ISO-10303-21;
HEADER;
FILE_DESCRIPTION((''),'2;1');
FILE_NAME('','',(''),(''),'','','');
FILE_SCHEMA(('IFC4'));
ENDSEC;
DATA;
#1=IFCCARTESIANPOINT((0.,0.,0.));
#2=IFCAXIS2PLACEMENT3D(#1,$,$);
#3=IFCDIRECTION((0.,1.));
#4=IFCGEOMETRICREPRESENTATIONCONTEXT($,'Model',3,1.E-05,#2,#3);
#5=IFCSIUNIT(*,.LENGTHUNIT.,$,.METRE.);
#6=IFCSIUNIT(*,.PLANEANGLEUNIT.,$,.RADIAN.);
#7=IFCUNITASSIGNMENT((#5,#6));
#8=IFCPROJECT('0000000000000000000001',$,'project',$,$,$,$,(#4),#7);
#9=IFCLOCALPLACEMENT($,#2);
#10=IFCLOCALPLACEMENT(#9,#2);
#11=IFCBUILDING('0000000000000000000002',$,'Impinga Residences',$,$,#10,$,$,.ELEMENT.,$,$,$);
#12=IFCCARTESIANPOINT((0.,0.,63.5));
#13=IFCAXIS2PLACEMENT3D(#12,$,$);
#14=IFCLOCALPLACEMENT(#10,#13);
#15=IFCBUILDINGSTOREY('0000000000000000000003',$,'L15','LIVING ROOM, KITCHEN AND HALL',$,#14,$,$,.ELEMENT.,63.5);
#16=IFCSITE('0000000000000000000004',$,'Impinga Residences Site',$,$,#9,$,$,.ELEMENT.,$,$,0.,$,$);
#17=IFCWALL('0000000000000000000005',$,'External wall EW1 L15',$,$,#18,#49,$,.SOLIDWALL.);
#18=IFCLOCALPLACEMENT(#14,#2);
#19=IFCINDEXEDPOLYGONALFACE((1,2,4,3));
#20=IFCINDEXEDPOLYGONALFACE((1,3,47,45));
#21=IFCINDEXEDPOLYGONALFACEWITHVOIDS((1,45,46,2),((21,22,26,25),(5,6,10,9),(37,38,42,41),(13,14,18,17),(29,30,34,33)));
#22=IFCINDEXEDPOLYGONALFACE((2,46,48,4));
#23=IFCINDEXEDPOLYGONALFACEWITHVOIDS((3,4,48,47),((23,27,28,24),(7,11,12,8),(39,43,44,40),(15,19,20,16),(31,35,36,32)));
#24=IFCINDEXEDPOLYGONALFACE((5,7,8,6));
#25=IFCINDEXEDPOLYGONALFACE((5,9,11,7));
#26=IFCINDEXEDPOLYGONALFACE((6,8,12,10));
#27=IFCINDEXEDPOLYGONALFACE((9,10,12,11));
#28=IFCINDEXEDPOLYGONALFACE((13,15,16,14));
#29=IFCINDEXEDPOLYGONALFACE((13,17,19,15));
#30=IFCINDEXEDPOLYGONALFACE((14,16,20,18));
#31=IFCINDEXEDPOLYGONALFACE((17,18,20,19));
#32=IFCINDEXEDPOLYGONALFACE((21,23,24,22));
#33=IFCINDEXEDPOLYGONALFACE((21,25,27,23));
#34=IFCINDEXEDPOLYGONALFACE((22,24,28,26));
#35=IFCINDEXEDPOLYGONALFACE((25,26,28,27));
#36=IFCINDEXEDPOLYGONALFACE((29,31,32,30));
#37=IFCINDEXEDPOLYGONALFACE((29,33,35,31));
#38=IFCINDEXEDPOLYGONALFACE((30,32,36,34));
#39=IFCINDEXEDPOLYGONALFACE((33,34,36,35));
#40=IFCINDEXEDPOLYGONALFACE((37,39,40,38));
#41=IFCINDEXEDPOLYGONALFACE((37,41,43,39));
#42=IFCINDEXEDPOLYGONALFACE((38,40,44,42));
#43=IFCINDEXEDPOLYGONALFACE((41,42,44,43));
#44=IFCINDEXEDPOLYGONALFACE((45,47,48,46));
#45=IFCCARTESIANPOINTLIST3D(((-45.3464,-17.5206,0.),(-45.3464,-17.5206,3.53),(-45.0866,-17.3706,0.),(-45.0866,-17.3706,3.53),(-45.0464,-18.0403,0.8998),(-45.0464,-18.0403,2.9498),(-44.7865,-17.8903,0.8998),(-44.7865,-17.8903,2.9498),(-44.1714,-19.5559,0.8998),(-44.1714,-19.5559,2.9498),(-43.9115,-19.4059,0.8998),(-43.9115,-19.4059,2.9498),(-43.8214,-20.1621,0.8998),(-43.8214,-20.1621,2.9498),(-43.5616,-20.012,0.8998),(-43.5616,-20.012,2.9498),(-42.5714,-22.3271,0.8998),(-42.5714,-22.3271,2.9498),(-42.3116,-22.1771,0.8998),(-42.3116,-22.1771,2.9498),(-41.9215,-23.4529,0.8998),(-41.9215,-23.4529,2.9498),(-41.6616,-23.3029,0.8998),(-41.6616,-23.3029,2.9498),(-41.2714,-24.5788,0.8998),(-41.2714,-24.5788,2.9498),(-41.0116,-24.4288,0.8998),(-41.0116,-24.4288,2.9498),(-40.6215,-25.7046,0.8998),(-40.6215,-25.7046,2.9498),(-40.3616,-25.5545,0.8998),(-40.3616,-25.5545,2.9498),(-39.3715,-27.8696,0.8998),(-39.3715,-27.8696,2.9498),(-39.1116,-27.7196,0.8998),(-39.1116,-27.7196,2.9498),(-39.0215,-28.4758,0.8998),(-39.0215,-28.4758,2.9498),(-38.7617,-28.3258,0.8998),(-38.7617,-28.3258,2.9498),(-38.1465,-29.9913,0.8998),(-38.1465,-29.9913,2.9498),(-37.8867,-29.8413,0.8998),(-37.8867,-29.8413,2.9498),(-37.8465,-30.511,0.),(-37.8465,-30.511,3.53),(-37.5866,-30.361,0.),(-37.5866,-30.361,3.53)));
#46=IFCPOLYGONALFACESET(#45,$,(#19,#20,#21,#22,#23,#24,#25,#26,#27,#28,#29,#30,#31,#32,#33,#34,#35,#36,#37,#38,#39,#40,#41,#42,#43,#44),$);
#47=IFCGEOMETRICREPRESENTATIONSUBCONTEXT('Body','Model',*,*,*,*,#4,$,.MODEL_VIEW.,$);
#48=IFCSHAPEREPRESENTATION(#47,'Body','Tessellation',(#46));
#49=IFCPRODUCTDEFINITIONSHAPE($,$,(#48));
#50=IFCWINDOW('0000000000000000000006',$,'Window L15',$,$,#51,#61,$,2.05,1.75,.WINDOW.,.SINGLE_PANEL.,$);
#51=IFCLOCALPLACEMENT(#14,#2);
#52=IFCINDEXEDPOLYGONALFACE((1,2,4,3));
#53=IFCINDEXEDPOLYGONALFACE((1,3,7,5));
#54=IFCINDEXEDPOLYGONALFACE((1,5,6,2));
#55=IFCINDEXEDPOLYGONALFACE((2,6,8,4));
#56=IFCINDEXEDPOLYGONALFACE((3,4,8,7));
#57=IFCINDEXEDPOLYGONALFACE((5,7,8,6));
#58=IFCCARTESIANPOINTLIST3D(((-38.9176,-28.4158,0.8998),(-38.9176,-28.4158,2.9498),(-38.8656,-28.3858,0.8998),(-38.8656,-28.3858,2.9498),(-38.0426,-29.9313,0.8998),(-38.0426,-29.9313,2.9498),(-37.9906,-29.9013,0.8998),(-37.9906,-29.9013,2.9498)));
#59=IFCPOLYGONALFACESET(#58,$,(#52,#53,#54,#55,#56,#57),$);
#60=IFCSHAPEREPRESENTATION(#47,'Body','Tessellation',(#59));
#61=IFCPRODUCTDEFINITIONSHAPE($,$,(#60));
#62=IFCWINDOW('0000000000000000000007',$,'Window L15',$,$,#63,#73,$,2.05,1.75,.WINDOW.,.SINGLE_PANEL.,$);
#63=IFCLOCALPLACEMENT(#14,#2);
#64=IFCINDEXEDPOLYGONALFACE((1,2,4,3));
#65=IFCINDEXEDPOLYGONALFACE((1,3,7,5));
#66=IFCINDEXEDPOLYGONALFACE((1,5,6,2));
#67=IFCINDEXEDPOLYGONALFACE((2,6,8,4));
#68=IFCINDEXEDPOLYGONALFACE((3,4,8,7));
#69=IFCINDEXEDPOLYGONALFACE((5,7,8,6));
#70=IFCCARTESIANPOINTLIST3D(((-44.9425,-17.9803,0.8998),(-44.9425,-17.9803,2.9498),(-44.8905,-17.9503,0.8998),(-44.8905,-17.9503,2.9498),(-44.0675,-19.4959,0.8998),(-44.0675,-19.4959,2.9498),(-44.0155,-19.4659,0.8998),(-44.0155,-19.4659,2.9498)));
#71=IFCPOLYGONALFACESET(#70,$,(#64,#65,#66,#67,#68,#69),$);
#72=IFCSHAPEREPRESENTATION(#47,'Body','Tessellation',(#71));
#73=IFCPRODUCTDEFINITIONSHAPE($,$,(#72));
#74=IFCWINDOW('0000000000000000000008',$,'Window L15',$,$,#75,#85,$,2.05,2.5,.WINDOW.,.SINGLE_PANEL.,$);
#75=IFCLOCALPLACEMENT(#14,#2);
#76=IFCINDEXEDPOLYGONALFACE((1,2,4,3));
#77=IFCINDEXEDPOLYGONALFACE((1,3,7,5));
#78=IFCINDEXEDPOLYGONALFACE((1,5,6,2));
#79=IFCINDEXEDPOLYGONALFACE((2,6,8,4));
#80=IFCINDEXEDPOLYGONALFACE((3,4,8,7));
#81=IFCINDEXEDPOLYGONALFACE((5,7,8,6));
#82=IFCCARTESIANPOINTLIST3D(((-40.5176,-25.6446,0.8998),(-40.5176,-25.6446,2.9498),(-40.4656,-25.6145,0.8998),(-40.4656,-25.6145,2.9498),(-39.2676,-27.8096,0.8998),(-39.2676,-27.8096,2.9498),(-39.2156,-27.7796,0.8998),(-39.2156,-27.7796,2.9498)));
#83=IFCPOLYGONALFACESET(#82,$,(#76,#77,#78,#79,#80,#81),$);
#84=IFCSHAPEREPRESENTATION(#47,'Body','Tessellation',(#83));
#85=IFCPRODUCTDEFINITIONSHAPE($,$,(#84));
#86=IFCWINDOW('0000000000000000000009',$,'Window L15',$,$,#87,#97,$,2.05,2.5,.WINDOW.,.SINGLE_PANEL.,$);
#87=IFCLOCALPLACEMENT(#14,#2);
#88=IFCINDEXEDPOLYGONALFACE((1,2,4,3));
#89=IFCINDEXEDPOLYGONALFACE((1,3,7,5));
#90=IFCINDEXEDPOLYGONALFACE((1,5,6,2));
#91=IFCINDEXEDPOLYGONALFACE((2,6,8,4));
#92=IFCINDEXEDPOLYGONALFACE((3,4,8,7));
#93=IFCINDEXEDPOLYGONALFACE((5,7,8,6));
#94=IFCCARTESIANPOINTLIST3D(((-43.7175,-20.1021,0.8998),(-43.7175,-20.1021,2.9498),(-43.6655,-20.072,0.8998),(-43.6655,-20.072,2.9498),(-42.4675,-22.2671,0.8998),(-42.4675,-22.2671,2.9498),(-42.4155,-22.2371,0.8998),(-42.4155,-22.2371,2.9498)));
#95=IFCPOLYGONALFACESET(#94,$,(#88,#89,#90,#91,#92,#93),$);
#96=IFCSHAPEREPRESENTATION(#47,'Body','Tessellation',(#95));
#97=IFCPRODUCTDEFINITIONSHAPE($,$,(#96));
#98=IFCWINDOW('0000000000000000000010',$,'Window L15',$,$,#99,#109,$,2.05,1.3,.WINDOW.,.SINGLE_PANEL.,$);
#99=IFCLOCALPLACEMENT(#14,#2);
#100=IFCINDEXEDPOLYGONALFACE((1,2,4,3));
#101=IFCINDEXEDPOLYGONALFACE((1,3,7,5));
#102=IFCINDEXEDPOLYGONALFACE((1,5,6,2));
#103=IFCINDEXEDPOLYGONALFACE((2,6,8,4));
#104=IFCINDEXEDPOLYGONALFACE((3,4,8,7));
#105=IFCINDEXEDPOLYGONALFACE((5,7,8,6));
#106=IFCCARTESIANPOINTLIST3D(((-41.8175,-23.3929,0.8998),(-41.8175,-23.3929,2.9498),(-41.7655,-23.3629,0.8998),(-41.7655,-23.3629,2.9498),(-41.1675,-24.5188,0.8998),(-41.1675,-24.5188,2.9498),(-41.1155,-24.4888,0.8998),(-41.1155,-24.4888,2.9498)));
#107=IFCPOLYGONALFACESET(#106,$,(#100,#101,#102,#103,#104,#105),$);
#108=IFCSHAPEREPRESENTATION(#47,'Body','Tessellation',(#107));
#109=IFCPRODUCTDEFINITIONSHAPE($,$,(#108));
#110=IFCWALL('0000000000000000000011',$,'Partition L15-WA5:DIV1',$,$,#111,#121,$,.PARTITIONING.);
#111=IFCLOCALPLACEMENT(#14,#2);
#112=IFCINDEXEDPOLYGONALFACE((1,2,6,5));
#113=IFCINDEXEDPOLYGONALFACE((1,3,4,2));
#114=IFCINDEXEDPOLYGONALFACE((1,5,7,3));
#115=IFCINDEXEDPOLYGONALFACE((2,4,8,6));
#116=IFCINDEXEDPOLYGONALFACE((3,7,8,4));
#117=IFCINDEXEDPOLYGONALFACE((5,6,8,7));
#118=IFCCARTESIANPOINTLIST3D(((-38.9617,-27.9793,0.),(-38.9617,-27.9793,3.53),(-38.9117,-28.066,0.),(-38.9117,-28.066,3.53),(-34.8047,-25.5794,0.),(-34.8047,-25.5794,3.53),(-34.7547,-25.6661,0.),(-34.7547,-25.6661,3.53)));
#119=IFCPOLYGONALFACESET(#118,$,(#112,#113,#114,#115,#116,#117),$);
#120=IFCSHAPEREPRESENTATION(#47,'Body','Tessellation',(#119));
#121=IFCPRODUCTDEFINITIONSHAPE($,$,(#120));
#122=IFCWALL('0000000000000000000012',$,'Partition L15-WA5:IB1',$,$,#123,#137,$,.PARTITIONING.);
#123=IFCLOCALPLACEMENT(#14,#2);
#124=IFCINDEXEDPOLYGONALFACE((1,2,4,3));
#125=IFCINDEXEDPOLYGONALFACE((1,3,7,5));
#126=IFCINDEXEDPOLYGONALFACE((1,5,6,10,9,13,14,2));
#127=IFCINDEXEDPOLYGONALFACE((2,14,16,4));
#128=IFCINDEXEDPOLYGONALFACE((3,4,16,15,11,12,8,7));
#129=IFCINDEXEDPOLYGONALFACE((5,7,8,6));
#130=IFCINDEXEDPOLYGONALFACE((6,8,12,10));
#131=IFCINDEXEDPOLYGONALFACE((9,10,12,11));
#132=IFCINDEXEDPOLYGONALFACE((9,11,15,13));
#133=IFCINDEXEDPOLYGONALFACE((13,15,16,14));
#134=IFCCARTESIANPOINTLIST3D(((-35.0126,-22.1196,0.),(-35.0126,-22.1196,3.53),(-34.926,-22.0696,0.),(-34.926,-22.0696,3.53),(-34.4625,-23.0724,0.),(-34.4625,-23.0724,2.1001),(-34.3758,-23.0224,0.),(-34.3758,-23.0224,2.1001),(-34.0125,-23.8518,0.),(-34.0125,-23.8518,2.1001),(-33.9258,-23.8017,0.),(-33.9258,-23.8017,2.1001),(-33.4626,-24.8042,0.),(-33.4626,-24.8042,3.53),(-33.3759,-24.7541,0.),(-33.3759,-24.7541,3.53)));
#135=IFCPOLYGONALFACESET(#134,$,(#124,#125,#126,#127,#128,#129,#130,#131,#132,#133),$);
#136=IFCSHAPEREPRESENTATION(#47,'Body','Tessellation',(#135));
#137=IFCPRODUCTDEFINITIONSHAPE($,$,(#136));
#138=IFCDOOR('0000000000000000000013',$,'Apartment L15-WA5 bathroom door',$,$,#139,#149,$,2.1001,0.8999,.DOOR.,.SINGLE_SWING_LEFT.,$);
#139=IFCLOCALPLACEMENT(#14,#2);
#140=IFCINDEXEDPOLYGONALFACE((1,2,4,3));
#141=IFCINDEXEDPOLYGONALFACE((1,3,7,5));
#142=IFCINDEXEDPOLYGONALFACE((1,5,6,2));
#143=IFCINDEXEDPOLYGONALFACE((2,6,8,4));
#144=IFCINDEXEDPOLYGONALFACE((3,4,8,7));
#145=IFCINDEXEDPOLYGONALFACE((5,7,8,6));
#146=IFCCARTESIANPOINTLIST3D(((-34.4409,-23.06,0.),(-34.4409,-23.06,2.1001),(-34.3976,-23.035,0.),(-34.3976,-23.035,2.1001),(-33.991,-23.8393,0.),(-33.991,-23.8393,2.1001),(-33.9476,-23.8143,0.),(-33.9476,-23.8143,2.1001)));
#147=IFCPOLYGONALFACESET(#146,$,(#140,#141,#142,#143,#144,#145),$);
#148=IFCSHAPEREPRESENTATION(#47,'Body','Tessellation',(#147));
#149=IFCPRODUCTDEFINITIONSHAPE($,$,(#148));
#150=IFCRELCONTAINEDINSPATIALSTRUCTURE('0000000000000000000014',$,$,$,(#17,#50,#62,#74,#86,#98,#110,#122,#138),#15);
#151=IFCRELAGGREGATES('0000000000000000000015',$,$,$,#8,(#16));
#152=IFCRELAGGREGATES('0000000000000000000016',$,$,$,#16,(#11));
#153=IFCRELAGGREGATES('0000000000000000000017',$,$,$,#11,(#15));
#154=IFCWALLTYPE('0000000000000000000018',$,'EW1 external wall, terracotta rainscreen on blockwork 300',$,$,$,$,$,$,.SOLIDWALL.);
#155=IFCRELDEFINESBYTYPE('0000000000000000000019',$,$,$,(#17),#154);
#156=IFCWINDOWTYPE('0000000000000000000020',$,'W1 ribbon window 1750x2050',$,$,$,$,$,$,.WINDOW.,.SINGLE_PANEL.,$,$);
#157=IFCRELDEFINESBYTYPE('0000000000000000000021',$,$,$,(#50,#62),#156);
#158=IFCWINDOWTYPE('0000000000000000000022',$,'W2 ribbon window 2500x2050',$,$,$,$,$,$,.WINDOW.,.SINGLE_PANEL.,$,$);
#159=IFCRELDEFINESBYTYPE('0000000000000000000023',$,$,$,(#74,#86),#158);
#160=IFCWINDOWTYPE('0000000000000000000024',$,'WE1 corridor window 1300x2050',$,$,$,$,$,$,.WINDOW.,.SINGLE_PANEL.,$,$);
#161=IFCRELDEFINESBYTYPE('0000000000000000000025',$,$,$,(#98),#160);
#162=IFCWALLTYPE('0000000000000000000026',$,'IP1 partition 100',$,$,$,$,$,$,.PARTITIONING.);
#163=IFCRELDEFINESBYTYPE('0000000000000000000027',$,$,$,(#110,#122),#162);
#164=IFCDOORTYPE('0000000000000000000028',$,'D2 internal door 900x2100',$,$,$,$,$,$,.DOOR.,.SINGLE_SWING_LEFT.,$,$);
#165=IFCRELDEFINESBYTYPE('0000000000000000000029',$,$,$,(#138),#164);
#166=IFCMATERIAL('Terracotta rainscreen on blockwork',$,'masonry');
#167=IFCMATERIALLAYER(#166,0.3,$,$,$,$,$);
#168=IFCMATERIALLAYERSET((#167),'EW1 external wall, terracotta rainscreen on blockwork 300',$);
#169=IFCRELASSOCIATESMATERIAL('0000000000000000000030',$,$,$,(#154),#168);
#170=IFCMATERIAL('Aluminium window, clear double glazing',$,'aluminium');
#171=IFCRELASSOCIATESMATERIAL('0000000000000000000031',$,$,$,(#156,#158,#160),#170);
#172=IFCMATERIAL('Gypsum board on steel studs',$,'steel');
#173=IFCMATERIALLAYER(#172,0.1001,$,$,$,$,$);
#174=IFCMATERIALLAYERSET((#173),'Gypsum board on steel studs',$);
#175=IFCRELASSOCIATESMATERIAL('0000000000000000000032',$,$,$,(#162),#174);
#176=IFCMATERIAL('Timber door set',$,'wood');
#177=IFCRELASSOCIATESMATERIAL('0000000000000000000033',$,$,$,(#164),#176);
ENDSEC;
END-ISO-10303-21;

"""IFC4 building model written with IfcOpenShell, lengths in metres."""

from ifc_helpers import new_model, si_unit, direction, frame, frame_2d, origin, place, context, subcontext, project, spatial, rectangle, extrude, material, layer, layer_set, type_object, element, fill, save


model = new_model("IFC4")

# Units and contexts
model_context = context("Model", 3, precision=1e-05, world=origin(), true_north=direction((0.0, 1.0)))
body_context = subcontext(model_context, "Body", "Model", "MODEL_VIEW")
ifc_project = project(units=[si_unit("LENGTHUNIT", "METRE"), si_unit("PLANEANGLEUNIT", "RADIAN")], contexts=[model_context])

# Site, building, storey
site_placement = place(None, origin())
site = spatial("IfcSite", under=ifc_project, at=site_placement, Name="Impinga Residences Site", CompositionType="ELEMENT", RefElevation=0.0)
building_placement = place(site_placement, origin())
building = spatial("IfcBuilding", under=site, at=building_placement, Name="Impinga Residences", CompositionType="ELEMENT")
storey_placement = place(building_placement, frame((0.0, 0.0, 63.5)))
storey = spatial("IfcBuildingStorey", under=building, at=storey_placement, Name="L15", Description="LIVING ROOM, KITCHEN AND HALL", CompositionType="ELEMENT", Elevation=63.5)

# Shared definitions
ifc_material_1 = material(Name="Terracotta rainscreen on blockwork", Category="masonry")
ifc_layer_1 = layer(ifc_material_1, 0.3)
ifc_layer_set_1 = layer_set([ifc_layer_1], Name="EW1 external wall, terracotta rainscreen on blockwork 300")
wall_type_1 = type_object("IfcWallType", Name="EW1 external wall, terracotta rainscreen on blockwork 300", PredefinedType="SOLIDWALL", material=ifc_layer_set_1)

# Wall, openings, windows
wall_1_placement = place(storey_placement, frame((-37.7166, -30.436, 0.0), z_axis=(0.0, 0.0, 1.0), x_axis=(-0.499997, 0.866027, 0.0)))
wall_1 = element("IfcWall", 1, at=wall_1_placement, inside=storey, type_object=wall_type_1, Name="External wall EW1 L15", PredefinedType="SOLIDWALL", context=body_context, shape_type="SweptSolid", body=[
    extrude(rectangle(XDim=15.0, YDim=0.3, at=frame_2d((7.5, 0.0))), origin(), (0.0, 0.0, 1.0), 3.53),
])
opening_1_placement = place(wall_1_placement, frame((0.6001, 0.0, 0.8999)))
opening_1 = element("IfcOpeningElement", 2, at=opening_1_placement, cuts=wall_1, PredefinedType="OPENING", context=body_context, shape_type="SweptSolid", body=[
    extrude(rectangle(XDim=1.75, YDim=2.05, at=frame_2d((0.875, 1.0249))), frame((0.0, 0.1599, 0.0), z_axis=(0.0, -1.0, 0.0), x_axis=(1.0, 0.0, 0.0)), (0.0, 0.0, 1.0), 0.3201),
])
opening_2_placement = place(wall_1_placement, frame((3.05, 0.0, 0.8999)))
opening_2 = element("IfcOpeningElement", 3, at=opening_2_placement, cuts=wall_1, PredefinedType="OPENING", context=body_context, shape_type="SweptSolid", body=[
    extrude(rectangle(XDim=2.5, YDim=2.05, at=frame_2d((1.25, 1.0249))), frame((0.0, 0.1599, 0.0), z_axis=(0.0, -1.0, 0.0), x_axis=(1.0, 0.0, 0.0)), (0.0, 0.0, 1.0), 0.3201),
])
opening_3_placement = place(wall_1_placement, frame((6.8501, 0.0, 0.8999)))
opening_3 = element("IfcOpeningElement", 4, at=opening_3_placement, cuts=wall_1, PredefinedType="OPENING", context=body_context, shape_type="SweptSolid", body=[
    extrude(rectangle(XDim=1.3, YDim=2.05, at=frame_2d((0.6499, 1.0249))), frame((0.0, 0.1599, 0.0), z_axis=(0.0, -1.0, 0.0), x_axis=(1.0, 0.0, 0.0)), (0.0, 0.0, 1.0), 0.3201),
])
opening_4_placement = place(wall_1_placement, frame((9.45, 0.0, 0.8999)))
opening_4 = element("IfcOpeningElement", 5, at=opening_4_placement, cuts=wall_1, PredefinedType="OPENING", context=body_context, shape_type="SweptSolid", body=[
    extrude(rectangle(XDim=2.5, YDim=2.05, at=frame_2d((1.25, 1.0249))), frame((0.0, 0.1599, 0.0), z_axis=(0.0, -1.0, 0.0), x_axis=(1.0, 0.0, 0.0)), (0.0, 0.0, 1.0), 0.3201),
])
opening_5_placement = place(wall_1_placement, frame((12.6499, 0.0, 0.8999)))
opening_5 = element("IfcOpeningElement", 6, at=opening_5_placement, cuts=wall_1, PredefinedType="OPENING", context=body_context, shape_type="SweptSolid", body=[
    extrude(rectangle(XDim=1.75, YDim=2.05, at=frame_2d((0.875, 1.0249))), frame((0.0, 0.1599, 0.0), z_axis=(0.0, -1.0, 0.0), x_axis=(1.0, 0.0, 0.0)), (0.0, 0.0, 1.0), 0.3201),
])
ifc_material_2 = material(Name="Aluminium window, clear double glazing", Category="aluminium")
window_type_1 = type_object("IfcWindowType", Name="W1 ribbon window 1750x2050", PartitioningType="SINGLE_PANEL", PredefinedType="WINDOW", material=ifc_material_2)
window_1_placement = place(opening_1_placement, origin())
window_1 = element("IfcWindow", 7, at=window_1_placement, inside=storey, type_object=window_type_1, Name="Window L15", OverallHeight=2.05, OverallWidth=1.75, PartitioningType="SINGLE_PANEL", PredefinedType="WINDOW", context=body_context, shape_type="SweptSolid", body=[
    extrude(rectangle(XDim=1.75, YDim=2.05, at=frame_2d((0.875, 1.0249))), frame((0.0, 0.03, 0.0), z_axis=(0.0, -1.0, 0.0), x_axis=(1.0, 0.0, 0.0)), (0.0, 0.0, 1.0), 0.0601),
])
fill(opening_1, window_1)
window_2_placement = place(opening_5_placement, origin())
window_2 = element("IfcWindow", 8, at=window_2_placement, inside=storey, type_object=window_type_1, Name="Window L15", OverallHeight=2.05, OverallWidth=1.75, PartitioningType="SINGLE_PANEL", PredefinedType="WINDOW", context=body_context, shape_type="SweptSolid", body=[
    extrude(rectangle(XDim=1.75, YDim=2.05, at=frame_2d((0.875, 1.0249))), frame((0.0, 0.03, 0.0), z_axis=(0.0, -1.0, 0.0), x_axis=(1.0, 0.0, 0.0)), (0.0, 0.0, 1.0), 0.0601),
])
fill(opening_5, window_2)
window_type_2 = type_object("IfcWindowType", Name="W2 ribbon window 2500x2050", PartitioningType="SINGLE_PANEL", PredefinedType="WINDOW", material=ifc_material_2)
window_3_placement = place(opening_2_placement, origin())
window_3 = element("IfcWindow", 9, at=window_3_placement, inside=storey, type_object=window_type_2, Name="Window L15", OverallHeight=2.05, OverallWidth=2.5, PartitioningType="SINGLE_PANEL", PredefinedType="WINDOW", context=body_context, shape_type="SweptSolid", body=[
    extrude(rectangle(XDim=2.5, YDim=2.05, at=frame_2d((1.25, 1.0249))), frame((0.0, 0.03, 0.0), z_axis=(0.0, -1.0, 0.0), x_axis=(1.0, 0.0, 0.0)), (0.0, 0.0, 1.0), 0.0601),
])
fill(opening_2, window_3)
window_4_placement = place(opening_4_placement, origin())
window_4 = element("IfcWindow", 10, at=window_4_placement, inside=storey, type_object=window_type_2, Name="Window L15", OverallHeight=2.05, OverallWidth=2.5, PartitioningType="SINGLE_PANEL", PredefinedType="WINDOW", context=body_context, shape_type="SweptSolid", body=[
    extrude(rectangle(XDim=2.5, YDim=2.05, at=frame_2d((1.25, 1.0249))), frame((0.0, 0.03, 0.0), z_axis=(0.0, -1.0, 0.0), x_axis=(1.0, 0.0, 0.0)), (0.0, 0.0, 1.0), 0.0601),
])
fill(opening_4, window_4)
window_type_3 = type_object("IfcWindowType", Name="WE1 corridor window 1300x2050", PartitioningType="SINGLE_PANEL", PredefinedType="WINDOW", material=ifc_material_2)
window_5_placement = place(opening_3_placement, origin())
window_5 = element("IfcWindow", 11, at=window_5_placement, inside=storey, type_object=window_type_3, Name="Window L15", OverallHeight=2.05, OverallWidth=1.3, PartitioningType="SINGLE_PANEL", PredefinedType="WINDOW", context=body_context, shape_type="SweptSolid", body=[
    extrude(rectangle(XDim=1.3, YDim=2.05, at=frame_2d((0.6499, 1.0249))), frame((0.0, 0.03, 0.0), z_axis=(0.0, -1.0, 0.0), x_axis=(1.0, 0.0, 0.0)), (0.0, 0.0, 1.0), 0.0601),
])
fill(opening_3, window_5)

# Wall
ifc_material_3 = material(Name="Gypsum board on steel studs", Category="steel")
ifc_layer_2 = layer(ifc_material_3, 0.1001)
ifc_layer_set_2 = layer_set([ifc_layer_2], Name="Gypsum board on steel studs")
wall_type_2 = type_object("IfcWallType", Name="IP1 partition 100", PredefinedType="PARTITIONING", material=ifc_layer_set_2)
wall_2_placement = place(storey_placement, frame((-34.7798, -25.6228, 0.0), z_axis=(0.0, 0.0, 1.0), x_axis=(-0.866037, -0.499979, 0.0)))
element("IfcWall", 12, at=wall_2_placement, inside=storey, type_object=wall_type_2, Name="Partition L15-WA5:DIV1", PredefinedType="PARTITIONING", context=body_context, shape_type="SweptSolid", body=[
    extrude(rectangle(XDim=4.8, YDim=0.1001, at=frame_2d((2.3999, 0.0))), origin(), (0.0, 0.0, 1.0), 3.53),
])

# Wall, opening, door
wall_3_placement = place(storey_placement, frame((-34.9692, -22.0947, 0.0), z_axis=(0.0, 0.0, 1.0), x_axis=(0.500027, -0.86601, 0.0)))
wall_3 = element("IfcWall", 13, at=wall_3_placement, inside=storey, type_object=wall_type_2, Name="Partition L15-WA5:IB1", PredefinedType="PARTITIONING", context=body_context, shape_type="SweptSolid", body=[
    extrude(rectangle(XDim=3.0999, YDim=0.1001, at=frame_2d((1.5498, 0.0))), origin(), (0.0, 0.0, 1.0), 3.53),
])
opening_6_placement = place(wall_3_placement, frame((1.1001, 0.0, 0.0)))
opening_6 = element("IfcOpeningElement", 14, at=opening_6_placement, cuts=wall_3, PredefinedType="OPENING", context=body_context, shape_type="SweptSolid", body=[
    extrude(rectangle(XDim=0.8999, YDim=2.1001, at=frame_2d((0.45, 1.05))), frame((0.0, 0.0601, 0.0), z_axis=(0.0, -1.0, 0.0), x_axis=(1.0, 0.0, 0.0)), (0.0, 0.0, 1.0), 0.1201),
])
ifc_material_4 = material(Name="Timber door set", Category="wood")
door_type = type_object("IfcDoorType", Name="D2 internal door 900x2100", OperationType="SINGLE_SWING_LEFT", PredefinedType="DOOR", material=ifc_material_4)
door_1_placement = place(opening_6_placement, origin())
door_1 = element("IfcDoor", 15, at=door_1_placement, inside=storey, type_object=door_type, Name="Apartment L15-WA5 bathroom door", OperationType="SINGLE_SWING_LEFT", OverallHeight=2.1001, OverallWidth=0.8999, PredefinedType="DOOR", context=body_context, shape_type="SweptSolid", body=[
    extrude(rectangle(XDim=0.8999, YDim=2.1001, at=frame_2d((0.45, 1.05))), frame((0.0, 0.0249, 0.0), z_axis=(0.0, -1.0, 0.0), x_axis=(1.0, 0.0, 0.0)), (0.0, 0.0, 1.0), 0.05),
])
fill(opening_6, door_1)

save(model, "model.ifc")
